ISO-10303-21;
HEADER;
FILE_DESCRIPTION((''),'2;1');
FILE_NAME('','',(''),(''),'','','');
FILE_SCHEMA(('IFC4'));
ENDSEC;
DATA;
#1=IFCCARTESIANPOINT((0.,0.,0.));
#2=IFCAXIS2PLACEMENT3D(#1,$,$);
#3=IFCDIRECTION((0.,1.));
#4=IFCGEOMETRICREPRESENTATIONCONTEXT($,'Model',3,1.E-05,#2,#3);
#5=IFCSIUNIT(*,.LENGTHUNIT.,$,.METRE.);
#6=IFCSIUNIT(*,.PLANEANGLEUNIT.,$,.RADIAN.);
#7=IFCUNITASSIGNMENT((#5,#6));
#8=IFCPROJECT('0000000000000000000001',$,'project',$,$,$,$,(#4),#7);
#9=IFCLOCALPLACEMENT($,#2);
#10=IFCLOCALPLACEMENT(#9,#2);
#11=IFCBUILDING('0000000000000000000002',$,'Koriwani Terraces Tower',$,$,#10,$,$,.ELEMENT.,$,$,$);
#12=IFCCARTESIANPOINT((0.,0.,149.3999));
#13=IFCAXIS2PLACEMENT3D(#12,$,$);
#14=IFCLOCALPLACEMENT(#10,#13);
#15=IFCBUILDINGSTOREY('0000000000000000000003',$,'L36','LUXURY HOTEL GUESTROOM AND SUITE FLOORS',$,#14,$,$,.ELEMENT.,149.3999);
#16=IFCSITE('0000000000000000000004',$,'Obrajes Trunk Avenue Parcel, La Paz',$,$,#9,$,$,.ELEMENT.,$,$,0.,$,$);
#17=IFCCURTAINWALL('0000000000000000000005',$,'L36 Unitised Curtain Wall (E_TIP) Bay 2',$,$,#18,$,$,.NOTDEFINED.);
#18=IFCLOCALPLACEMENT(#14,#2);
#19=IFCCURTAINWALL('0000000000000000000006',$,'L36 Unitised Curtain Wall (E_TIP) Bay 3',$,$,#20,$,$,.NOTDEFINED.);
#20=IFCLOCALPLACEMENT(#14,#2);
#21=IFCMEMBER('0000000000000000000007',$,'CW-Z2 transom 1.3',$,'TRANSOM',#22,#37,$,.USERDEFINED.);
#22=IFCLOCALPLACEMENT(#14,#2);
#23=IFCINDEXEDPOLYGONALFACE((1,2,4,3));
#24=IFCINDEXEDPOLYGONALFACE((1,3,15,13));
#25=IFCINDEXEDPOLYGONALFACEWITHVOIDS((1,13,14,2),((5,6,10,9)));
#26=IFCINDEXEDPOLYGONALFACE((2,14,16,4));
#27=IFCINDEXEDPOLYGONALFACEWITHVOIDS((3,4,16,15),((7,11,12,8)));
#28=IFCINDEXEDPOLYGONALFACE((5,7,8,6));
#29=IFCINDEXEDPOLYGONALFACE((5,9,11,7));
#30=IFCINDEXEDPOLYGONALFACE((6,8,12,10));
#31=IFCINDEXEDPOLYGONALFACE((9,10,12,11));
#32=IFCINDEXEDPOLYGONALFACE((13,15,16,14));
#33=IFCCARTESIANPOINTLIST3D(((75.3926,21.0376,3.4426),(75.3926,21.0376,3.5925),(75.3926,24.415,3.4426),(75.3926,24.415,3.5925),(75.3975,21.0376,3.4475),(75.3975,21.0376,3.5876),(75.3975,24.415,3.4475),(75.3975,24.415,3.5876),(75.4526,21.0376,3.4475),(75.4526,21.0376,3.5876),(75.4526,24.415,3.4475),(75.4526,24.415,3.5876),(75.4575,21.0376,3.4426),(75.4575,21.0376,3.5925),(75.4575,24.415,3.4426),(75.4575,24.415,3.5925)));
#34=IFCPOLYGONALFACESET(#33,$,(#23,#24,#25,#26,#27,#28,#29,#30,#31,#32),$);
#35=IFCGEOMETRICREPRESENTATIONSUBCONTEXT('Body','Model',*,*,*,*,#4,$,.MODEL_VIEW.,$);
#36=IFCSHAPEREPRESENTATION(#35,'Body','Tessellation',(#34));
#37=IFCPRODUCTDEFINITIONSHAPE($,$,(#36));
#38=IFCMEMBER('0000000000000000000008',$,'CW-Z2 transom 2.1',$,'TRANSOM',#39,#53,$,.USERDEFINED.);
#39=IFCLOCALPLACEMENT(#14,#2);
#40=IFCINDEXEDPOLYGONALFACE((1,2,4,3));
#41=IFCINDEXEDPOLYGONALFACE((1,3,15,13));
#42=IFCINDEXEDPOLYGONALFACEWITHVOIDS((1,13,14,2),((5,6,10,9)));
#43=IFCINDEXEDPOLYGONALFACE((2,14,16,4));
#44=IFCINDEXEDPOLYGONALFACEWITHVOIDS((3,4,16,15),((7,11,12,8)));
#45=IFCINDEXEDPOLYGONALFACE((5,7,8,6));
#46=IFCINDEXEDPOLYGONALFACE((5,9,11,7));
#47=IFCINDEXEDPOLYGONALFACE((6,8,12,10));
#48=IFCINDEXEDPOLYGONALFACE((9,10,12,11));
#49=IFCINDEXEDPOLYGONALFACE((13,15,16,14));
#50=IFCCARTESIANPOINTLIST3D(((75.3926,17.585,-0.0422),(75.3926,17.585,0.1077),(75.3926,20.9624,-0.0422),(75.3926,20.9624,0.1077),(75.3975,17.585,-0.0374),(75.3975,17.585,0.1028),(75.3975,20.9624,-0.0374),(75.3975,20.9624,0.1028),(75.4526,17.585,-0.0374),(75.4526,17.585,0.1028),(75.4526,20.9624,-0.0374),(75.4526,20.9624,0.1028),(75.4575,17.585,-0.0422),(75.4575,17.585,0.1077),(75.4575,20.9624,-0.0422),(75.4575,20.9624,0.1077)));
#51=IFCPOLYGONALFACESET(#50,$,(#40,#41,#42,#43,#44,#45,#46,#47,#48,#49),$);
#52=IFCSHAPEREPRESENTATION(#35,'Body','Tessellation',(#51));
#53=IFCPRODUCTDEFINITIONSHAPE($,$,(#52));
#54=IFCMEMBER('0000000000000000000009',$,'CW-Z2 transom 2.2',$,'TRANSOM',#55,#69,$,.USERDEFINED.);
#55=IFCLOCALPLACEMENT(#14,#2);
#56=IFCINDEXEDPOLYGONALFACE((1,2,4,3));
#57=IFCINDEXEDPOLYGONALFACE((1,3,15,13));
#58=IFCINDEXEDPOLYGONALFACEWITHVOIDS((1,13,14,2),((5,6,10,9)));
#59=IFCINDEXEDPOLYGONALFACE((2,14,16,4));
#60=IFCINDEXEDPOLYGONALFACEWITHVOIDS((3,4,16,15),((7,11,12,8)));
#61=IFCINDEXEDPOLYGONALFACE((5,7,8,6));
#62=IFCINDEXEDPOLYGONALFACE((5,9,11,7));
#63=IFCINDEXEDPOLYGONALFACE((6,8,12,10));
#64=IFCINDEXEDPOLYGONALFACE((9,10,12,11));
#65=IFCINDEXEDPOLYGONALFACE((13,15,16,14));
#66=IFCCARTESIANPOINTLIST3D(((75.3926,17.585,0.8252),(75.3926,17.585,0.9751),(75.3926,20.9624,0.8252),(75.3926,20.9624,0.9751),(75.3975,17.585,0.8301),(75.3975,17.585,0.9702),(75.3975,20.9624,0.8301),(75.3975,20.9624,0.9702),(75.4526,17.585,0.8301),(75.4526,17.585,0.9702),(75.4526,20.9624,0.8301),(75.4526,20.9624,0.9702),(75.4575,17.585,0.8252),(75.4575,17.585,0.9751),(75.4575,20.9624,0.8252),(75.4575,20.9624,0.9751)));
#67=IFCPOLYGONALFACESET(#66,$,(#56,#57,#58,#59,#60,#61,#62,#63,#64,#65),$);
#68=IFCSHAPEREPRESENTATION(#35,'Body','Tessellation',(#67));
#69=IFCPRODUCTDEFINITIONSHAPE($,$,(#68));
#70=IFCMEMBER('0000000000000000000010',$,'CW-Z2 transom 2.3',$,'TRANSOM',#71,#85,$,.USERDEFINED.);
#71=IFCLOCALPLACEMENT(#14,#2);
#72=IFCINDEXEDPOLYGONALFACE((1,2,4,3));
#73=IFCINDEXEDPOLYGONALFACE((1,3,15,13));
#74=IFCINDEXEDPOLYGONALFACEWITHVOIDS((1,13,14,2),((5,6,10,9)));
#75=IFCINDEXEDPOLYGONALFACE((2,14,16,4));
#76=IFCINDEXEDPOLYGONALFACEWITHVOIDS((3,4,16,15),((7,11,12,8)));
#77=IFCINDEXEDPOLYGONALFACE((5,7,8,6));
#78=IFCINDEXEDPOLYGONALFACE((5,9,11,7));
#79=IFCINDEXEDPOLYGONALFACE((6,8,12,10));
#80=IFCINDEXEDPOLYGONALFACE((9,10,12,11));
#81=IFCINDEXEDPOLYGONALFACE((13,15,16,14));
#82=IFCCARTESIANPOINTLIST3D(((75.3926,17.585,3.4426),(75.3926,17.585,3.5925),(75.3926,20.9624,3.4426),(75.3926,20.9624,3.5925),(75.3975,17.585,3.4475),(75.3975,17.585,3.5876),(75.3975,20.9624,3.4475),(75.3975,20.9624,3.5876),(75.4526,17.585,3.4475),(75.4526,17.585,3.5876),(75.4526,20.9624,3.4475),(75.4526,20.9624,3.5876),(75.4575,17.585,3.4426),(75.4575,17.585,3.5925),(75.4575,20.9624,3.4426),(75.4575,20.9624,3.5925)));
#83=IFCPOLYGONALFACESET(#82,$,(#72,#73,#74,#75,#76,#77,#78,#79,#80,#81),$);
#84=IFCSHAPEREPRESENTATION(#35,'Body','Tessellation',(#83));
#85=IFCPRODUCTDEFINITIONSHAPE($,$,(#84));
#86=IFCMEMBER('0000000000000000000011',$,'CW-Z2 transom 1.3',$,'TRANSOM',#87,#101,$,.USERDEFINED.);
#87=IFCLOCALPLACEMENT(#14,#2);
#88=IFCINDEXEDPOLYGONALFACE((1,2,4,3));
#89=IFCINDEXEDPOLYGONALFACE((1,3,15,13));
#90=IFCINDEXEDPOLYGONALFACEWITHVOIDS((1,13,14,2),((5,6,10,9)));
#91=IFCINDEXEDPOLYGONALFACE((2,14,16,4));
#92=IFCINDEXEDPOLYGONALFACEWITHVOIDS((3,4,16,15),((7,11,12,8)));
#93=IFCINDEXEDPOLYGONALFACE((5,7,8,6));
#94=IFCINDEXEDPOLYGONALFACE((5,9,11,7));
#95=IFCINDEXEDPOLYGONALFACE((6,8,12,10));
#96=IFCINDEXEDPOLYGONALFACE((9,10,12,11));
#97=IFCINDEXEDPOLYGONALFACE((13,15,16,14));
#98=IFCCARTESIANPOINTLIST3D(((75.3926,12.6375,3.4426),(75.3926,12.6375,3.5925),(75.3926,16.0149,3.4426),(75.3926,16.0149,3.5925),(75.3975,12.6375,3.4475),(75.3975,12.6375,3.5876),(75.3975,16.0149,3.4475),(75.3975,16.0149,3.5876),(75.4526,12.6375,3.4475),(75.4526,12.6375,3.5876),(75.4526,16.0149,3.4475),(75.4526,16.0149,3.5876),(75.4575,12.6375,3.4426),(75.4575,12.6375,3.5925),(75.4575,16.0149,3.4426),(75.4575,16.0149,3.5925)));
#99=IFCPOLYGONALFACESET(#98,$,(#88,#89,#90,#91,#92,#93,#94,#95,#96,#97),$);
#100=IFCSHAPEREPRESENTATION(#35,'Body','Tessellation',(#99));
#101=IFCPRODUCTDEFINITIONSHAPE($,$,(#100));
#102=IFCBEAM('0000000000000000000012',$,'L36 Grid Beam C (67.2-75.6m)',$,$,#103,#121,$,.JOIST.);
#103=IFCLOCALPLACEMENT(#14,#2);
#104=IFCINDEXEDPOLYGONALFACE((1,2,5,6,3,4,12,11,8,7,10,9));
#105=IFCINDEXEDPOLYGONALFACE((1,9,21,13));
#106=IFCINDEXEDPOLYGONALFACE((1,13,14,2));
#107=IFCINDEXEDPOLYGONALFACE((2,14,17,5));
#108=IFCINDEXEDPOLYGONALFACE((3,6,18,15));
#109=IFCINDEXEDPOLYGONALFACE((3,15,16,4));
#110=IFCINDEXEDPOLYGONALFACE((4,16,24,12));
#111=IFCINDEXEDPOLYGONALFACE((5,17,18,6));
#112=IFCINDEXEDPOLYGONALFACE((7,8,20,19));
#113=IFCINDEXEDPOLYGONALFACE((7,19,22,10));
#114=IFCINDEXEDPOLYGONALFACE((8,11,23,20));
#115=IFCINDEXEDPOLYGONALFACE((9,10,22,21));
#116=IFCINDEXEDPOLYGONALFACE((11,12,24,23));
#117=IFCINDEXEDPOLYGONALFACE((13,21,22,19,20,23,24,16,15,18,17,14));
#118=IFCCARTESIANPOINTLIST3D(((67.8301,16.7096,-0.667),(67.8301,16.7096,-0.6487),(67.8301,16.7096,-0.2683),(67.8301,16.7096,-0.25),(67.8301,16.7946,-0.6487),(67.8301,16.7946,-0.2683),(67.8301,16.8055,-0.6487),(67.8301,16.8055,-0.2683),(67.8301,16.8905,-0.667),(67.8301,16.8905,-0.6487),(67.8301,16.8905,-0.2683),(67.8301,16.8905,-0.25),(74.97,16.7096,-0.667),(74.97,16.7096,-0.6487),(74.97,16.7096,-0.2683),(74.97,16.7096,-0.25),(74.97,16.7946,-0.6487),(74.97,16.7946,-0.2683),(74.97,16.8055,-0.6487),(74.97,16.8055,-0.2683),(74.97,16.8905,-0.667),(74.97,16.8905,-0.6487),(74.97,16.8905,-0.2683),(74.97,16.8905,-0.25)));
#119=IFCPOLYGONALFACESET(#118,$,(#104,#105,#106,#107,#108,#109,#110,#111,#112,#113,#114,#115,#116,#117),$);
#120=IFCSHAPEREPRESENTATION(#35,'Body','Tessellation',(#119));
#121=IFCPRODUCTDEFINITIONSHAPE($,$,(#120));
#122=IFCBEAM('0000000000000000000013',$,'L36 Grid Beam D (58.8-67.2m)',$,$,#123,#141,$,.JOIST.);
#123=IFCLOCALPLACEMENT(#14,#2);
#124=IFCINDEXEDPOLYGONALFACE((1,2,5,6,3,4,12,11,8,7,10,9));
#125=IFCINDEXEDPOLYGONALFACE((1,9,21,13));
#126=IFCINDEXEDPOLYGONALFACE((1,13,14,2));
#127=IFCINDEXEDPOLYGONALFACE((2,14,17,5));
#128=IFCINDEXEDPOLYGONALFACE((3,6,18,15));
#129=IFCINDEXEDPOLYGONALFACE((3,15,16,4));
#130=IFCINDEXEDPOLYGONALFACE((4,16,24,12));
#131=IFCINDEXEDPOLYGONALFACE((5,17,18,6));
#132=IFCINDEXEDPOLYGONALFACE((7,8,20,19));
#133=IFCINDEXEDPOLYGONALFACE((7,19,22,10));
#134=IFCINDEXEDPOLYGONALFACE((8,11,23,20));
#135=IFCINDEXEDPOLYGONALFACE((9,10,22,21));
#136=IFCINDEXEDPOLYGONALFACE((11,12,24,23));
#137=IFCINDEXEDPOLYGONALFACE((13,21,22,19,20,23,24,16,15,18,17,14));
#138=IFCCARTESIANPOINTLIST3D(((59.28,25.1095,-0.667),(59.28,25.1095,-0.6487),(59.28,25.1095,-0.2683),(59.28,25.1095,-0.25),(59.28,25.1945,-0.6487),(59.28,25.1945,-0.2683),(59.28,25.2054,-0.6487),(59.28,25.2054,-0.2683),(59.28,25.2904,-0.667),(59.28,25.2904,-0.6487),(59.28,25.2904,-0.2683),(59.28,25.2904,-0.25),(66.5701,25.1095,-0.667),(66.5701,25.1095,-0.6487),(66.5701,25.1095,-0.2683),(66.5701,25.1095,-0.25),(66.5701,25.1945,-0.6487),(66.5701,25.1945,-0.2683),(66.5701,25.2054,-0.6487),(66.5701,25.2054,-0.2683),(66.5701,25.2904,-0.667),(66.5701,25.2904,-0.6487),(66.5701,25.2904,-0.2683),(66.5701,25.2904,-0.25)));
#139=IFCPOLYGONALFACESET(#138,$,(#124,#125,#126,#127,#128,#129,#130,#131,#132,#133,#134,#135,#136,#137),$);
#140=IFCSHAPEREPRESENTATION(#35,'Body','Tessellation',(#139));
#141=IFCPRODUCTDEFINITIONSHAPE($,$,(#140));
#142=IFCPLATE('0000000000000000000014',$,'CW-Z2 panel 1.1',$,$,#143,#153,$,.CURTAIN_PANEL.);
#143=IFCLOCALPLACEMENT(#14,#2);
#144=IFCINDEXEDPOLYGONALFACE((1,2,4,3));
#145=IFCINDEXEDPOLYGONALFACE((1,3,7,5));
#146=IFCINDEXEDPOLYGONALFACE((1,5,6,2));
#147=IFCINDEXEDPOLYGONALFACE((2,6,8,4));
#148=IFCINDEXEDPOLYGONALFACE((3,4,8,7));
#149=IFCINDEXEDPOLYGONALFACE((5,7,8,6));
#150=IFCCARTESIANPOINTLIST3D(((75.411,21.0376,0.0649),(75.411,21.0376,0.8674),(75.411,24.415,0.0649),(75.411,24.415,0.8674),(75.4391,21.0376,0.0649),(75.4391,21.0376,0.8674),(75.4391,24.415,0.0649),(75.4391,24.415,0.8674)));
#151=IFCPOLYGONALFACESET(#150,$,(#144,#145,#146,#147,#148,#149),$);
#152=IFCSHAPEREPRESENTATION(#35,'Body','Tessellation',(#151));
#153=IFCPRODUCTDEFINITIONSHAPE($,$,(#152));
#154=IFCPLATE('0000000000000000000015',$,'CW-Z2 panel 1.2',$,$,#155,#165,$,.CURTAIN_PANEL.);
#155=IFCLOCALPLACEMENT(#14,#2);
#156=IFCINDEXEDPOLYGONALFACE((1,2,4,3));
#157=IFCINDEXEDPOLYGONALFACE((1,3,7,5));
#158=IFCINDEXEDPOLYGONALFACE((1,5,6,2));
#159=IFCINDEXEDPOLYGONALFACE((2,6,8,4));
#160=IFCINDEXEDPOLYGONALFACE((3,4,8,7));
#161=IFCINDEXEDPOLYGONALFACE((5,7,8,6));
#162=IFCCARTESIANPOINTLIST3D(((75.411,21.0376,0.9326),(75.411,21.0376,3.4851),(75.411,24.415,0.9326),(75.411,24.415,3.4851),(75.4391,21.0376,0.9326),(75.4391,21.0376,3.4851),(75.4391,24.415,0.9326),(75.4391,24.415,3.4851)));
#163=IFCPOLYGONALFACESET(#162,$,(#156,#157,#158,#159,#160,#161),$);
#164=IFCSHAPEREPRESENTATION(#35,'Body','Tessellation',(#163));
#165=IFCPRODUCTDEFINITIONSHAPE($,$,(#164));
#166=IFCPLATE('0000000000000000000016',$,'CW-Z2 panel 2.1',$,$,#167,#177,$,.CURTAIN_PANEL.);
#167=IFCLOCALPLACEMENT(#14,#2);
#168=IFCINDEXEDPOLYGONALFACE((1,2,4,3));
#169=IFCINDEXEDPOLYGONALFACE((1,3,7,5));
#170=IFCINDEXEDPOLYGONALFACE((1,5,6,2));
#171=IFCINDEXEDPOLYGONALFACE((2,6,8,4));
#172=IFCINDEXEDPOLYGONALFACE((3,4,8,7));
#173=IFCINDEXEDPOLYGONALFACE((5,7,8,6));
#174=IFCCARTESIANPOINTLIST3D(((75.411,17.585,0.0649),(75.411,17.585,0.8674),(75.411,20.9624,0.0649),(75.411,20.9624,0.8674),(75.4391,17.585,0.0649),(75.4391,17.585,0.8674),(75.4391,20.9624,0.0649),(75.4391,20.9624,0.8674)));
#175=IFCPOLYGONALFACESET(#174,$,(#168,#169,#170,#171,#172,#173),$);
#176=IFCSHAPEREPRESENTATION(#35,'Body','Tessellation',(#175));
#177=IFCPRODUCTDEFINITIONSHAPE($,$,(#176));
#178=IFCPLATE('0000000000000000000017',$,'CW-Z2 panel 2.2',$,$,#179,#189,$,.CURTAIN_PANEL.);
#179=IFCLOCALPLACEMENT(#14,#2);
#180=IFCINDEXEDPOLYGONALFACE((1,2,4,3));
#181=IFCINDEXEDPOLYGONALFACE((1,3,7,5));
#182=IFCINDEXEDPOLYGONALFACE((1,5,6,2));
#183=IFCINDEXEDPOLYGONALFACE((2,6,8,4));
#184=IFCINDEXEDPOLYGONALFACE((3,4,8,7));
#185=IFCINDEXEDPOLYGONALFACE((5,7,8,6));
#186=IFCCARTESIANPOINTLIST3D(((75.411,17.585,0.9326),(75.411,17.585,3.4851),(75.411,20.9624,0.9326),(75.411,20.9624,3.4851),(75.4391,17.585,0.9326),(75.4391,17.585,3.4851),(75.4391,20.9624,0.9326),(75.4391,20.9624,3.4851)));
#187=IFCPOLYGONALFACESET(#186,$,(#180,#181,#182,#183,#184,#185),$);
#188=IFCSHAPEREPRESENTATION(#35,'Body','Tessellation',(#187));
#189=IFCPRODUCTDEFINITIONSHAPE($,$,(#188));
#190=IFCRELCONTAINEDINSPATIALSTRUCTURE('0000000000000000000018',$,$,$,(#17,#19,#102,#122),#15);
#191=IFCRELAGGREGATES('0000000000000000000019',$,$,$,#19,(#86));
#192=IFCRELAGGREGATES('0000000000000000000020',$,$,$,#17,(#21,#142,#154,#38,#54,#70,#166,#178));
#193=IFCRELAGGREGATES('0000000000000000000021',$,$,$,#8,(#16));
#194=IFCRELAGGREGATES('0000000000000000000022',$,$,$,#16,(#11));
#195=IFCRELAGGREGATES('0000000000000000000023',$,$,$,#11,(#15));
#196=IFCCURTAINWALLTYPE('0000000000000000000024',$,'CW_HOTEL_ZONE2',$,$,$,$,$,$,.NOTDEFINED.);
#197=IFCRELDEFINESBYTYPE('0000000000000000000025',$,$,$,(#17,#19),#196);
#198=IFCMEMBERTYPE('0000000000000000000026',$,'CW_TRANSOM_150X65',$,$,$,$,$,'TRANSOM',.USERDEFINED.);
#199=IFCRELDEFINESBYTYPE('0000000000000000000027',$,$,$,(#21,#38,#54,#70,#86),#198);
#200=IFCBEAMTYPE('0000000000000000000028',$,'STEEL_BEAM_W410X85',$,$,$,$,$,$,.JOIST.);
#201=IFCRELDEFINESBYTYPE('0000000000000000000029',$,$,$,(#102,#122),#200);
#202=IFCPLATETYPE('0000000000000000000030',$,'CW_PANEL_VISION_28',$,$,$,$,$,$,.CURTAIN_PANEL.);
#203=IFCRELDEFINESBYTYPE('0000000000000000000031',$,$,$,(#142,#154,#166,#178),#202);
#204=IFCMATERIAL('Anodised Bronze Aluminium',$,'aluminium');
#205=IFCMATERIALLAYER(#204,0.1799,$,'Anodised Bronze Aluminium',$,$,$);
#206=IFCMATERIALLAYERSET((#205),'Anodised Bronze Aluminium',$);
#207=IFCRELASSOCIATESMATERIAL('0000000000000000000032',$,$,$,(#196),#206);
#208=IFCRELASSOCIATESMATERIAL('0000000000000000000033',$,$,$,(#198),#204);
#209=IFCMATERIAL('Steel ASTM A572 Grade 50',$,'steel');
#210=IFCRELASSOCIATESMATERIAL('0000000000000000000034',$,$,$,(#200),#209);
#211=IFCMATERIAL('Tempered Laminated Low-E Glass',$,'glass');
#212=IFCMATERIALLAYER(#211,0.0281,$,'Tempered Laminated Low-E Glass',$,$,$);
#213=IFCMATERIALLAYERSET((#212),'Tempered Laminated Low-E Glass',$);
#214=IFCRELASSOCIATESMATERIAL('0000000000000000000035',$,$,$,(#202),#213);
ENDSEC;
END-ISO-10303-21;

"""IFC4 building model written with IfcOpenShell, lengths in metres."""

from ifc_helpers import new_model, si_unit, direction, frame, origin, origin_2d, place, context, subcontext, project, spatial, rectangle, hollow_rectangle, i_section, extrude, material, layer, layer_set, material_profile, profile_set, type_object, element, aggregate, save


model = new_model("IFC4")

# Units and contexts
model_context = context("Model", 3, precision=1e-05, world=origin(), true_north=direction((0.0, 1.0)))
body_context = subcontext(model_context, "Body", "Model", "MODEL_VIEW")
ifc_project = project(units=[si_unit("LENGTHUNIT", "METRE"), si_unit("PLANEANGLEUNIT", "RADIAN")], contexts=[model_context])

# Site, building, storey
site_placement = place(None, origin())
site = spatial("IfcSite", under=ifc_project, at=site_placement, Name="Obrajes Trunk Avenue Parcel, La Paz", CompositionType="ELEMENT", RefElevation=0.0)
building_placement = place(site_placement, origin())
building = spatial("IfcBuilding", under=site, at=building_placement, Name="Koriwani Terraces Tower", CompositionType="ELEMENT")
storey_placement = place(building_placement, frame((0.0, 0.0, 149.3999)))
storey = spatial("IfcBuildingStorey", under=building, at=storey_placement, Name="L36", Description="LUXURY HOTEL GUESTROOM AND SUITE FLOORS", CompositionType="ELEMENT", Elevation=149.3999)

# Curtain wall
ifc_material_1 = material(Name="Anodised Bronze Aluminium", Category="aluminium")
ifc_layer_1 = layer(ifc_material_1, 0.1799, Name="Anodised Bronze Aluminium")
ifc_layer_set_1 = layer_set([ifc_layer_1], Name="Anodised Bronze Aluminium")
curtain_wall_type = type_object("IfcCurtainWallType", Name="CW_HOTEL_ZONE2", PredefinedType="NOTDEFINED", material=ifc_layer_set_1)
curtain_wall_1_placement = place(storey_placement, origin())
curtain_wall_1 = element("IfcCurtainWall", 1, at=curtain_wall_1_placement, inside=storey, type_object=curtain_wall_type, Name="L36 Unitised Curtain Wall (E_TIP) Bay 2", PredefinedType="NOTDEFINED")

# Curtain wall
curtain_wall_2_placement = place(storey_placement, origin())
curtain_wall_2 = element("IfcCurtainWall", 2, at=curtain_wall_2_placement, inside=storey, type_object=curtain_wall_type, Name="L36 Unitised Curtain Wall (E_TIP) Bay 3", PredefinedType="NOTDEFINED")

# Members
ifc_material_profile_1 = material_profile(ifc_material_1, hollow_rectangle(XDim=0.0649, YDim=0.1499, WallThickness=0.0049, at=origin_2d()), Name="Anodised Bronze Aluminium", Category="LoadBearing")
ifc_profile_set_1 = profile_set([ifc_material_profile_1], Name="Anodised Bronze Aluminium")
member_type_1 = type_object("IfcMemberType", Name="CW_TRANSOM_150X65", ElementType="TRANSOM", PredefinedType="USERDEFINED", material=ifc_profile_set_1)
member_1_placement = place(storey_placement, frame((75.425, 24.415, 3.5176), z_axis=(0.0, -1.0, 0.0), x_axis=(1.0, 0.0, 0.0)))
member_1 = element("IfcMember", 3, at=member_1_placement, type_object=member_type_1, Name="CW-Z2 transom 1.3", ObjectType="TRANSOM", PredefinedType="USERDEFINED", context=body_context, shape_type="SweptSolid", body=[
    extrude(hollow_rectangle(XDim=0.0649, YDim=0.1499, WallThickness=0.0049, at=origin_2d()), origin(), (0.0, 0.0, 1.0), 3.3774),
])
member_2_placement = place(storey_placement, frame((75.425, 20.9624, 0.0327), z_axis=(0.0, -1.0, 0.0), x_axis=(1.0, 0.0, 0.0)))
member_2 = element("IfcMember", 4, at=member_2_placement, type_object=member_type_1, Name="CW-Z2 transom 2.1", ObjectType="TRANSOM", PredefinedType="USERDEFINED", context=body_context, shape_type="SweptSolid", body=[
    extrude(hollow_rectangle(XDim=0.0649, YDim=0.1499, WallThickness=0.0049, at=origin_2d()), origin(), (0.0, 0.0, 1.0), 3.3774),
])
member_3_placement = place(storey_placement, frame((75.425, 20.9624, 0.9001), z_axis=(0.0, -1.0, 0.0), x_axis=(1.0, 0.0, 0.0)))
member_3 = element("IfcMember", 5, at=member_3_placement, type_object=member_type_1, Name="CW-Z2 transom 2.2", ObjectType="TRANSOM", PredefinedType="USERDEFINED", context=body_context, shape_type="SweptSolid", body=[
    extrude(hollow_rectangle(XDim=0.0649, YDim=0.1499, WallThickness=0.0049, at=origin_2d()), origin(), (0.0, 0.0, 1.0), 3.3774),
])
member_4_placement = place(storey_placement, frame((75.425, 20.9624, 3.5176), z_axis=(0.0, -1.0, 0.0), x_axis=(1.0, 0.0, 0.0)))
member_4 = element("IfcMember", 6, at=member_4_placement, type_object=member_type_1, Name="CW-Z2 transom 2.3", ObjectType="TRANSOM", PredefinedType="USERDEFINED", context=body_context, shape_type="SweptSolid", body=[
    extrude(hollow_rectangle(XDim=0.0649, YDim=0.1499, WallThickness=0.0049, at=origin_2d()), origin(), (0.0, 0.0, 1.0), 3.3774),
])
member_5_placement = place(storey_placement, frame((75.425, 16.0149, 3.5176), z_axis=(0.0, -1.0, 0.0), x_axis=(1.0, 0.0, 0.0)))
member_5 = element("IfcMember", 7, at=member_5_placement, type_object=member_type_1, Name="CW-Z2 transom 1.3", ObjectType="TRANSOM", PredefinedType="USERDEFINED", context=body_context, shape_type="SweptSolid", body=[
    extrude(hollow_rectangle(XDim=0.0649, YDim=0.1499, WallThickness=0.0049, at=origin_2d()), origin(), (0.0, 0.0, 1.0), 3.3774),
])
aggregate(curtain_wall_2, [member_5])

# Beams
ifc_material_2 = material(Name="Steel ASTM A572 Grade 50", Category="steel")
ifc_material_profile_2 = material_profile(ifc_material_2, i_section(OverallWidth=0.1809, OverallDepth=0.417, WebThickness=0.011, FlangeThickness=0.0183, at=origin_2d()), Name="Steel ASTM A572 Grade 50", Category="LoadBearing")
ifc_profile_set_2 = profile_set([ifc_material_profile_2], Name="Steel ASTM A572 Grade 50")
beam_type_1 = type_object("IfcBeamType", Name="STEEL_BEAM_W410X85", PredefinedType="JOIST", material=ifc_profile_set_2)
beam_1_placement = place(storey_placement, frame((67.8301, 16.8, -0.4585), z_axis=(1.0, 0.0, 0.0), x_axis=(0.0, 1.0, 0.0)))
element("IfcBeam", 8, at=beam_1_placement, inside=storey, type_object=beam_type_1, Name="L36 Grid Beam C (67.2-75.6m)", PredefinedType="JOIST", context=body_context, shape_type="SweptSolid", body=[
    extrude(i_section(OverallWidth=0.1809, OverallDepth=0.417, WebThickness=0.011, FlangeThickness=0.0183, at=origin_2d()), origin(), (0.0, 0.0, 1.0), 7.1399),
])
beam_2_placement = place(storey_placement, frame((59.28, 25.2, -0.4585), z_axis=(1.0, 0.0, 0.0), x_axis=(0.0, 1.0, 0.0)))
element("IfcBeam", 9, at=beam_2_placement, inside=storey, type_object=beam_type_1, Name="L36 Grid Beam D (58.8-67.2m)", PredefinedType="JOIST", context=body_context, shape_type="SweptSolid", body=[
    extrude(i_section(OverallWidth=0.1809, OverallDepth=0.417, WebThickness=0.011, FlangeThickness=0.0183, at=origin_2d()), origin(), (0.0, 0.0, 1.0), 7.29),
])

# Plates
ifc_material_3 = material(Name="Tempered Laminated Low-E Glass", Category="glass")
ifc_layer_2 = layer(ifc_material_3, 0.0281, Name="Tempered Laminated Low-E Glass")
ifc_layer_set_2 = layer_set([ifc_layer_2], Name="Tempered Laminated Low-E Glass")
plate_type = type_object("IfcPlateType", Name="CW_PANEL_VISION_28", PredefinedType="CURTAIN_PANEL", material=ifc_layer_set_2)
plate_1_placement = place(storey_placement, frame((75.425, 22.7263, 0.0649), z_axis=(0.0, 0.0, 1.0), x_axis=(0.0, -1.0, 0.0)))
plate_1 = element("IfcPlate", 10, at=plate_1_placement, type_object=plate_type, Name="CW-Z2 panel 1.1", PredefinedType="CURTAIN_PANEL", context=body_context, shape_type="SweptSolid", body=[
    extrude(rectangle(XDim=3.3774, YDim=0.0281, at=origin_2d()), origin(), (0.0, 0.0, 1.0), 0.8025),
])
plate_2_placement = place(storey_placement, frame((75.425, 22.7263, 0.9326), z_axis=(0.0, 0.0, 1.0), x_axis=(0.0, -1.0, 0.0)))
plate_2 = element("IfcPlate", 11, at=plate_2_placement, type_object=plate_type, Name="CW-Z2 panel 1.2", PredefinedType="CURTAIN_PANEL", context=body_context, shape_type="SweptSolid", body=[
    extrude(rectangle(XDim=3.3774, YDim=0.0281, at=origin_2d()), origin(), (0.0, 0.0, 1.0), 2.5525),
])
plate_3_placement = place(storey_placement, frame((75.425, 19.2737, 0.0649), z_axis=(0.0, 0.0, 1.0), x_axis=(0.0, -1.0, 0.0)))
plate_3 = element("IfcPlate", 12, at=plate_3_placement, type_object=plate_type, Name="CW-Z2 panel 2.1", PredefinedType="CURTAIN_PANEL", context=body_context, shape_type="SweptSolid", body=[
    extrude(rectangle(XDim=3.3774, YDim=0.0281, at=origin_2d()), origin(), (0.0, 0.0, 1.0), 0.8025),
])
plate_4_placement = place(storey_placement, frame((75.425, 19.2737, 0.9326), z_axis=(0.0, 0.0, 1.0), x_axis=(0.0, -1.0, 0.0)))
plate_4 = element("IfcPlate", 13, at=plate_4_placement, type_object=plate_type, Name="CW-Z2 panel 2.2", PredefinedType="CURTAIN_PANEL", context=body_context, shape_type="SweptSolid", body=[
    extrude(rectangle(XDim=3.3774, YDim=0.0281, at=origin_2d()), origin(), (0.0, 0.0, 1.0), 2.5525),
])
aggregate(curtain_wall_1, [member_1, plate_1, plate_2, member_2, member_3, member_4, plate_3, plate_4])

save(model, "model.ifc")
